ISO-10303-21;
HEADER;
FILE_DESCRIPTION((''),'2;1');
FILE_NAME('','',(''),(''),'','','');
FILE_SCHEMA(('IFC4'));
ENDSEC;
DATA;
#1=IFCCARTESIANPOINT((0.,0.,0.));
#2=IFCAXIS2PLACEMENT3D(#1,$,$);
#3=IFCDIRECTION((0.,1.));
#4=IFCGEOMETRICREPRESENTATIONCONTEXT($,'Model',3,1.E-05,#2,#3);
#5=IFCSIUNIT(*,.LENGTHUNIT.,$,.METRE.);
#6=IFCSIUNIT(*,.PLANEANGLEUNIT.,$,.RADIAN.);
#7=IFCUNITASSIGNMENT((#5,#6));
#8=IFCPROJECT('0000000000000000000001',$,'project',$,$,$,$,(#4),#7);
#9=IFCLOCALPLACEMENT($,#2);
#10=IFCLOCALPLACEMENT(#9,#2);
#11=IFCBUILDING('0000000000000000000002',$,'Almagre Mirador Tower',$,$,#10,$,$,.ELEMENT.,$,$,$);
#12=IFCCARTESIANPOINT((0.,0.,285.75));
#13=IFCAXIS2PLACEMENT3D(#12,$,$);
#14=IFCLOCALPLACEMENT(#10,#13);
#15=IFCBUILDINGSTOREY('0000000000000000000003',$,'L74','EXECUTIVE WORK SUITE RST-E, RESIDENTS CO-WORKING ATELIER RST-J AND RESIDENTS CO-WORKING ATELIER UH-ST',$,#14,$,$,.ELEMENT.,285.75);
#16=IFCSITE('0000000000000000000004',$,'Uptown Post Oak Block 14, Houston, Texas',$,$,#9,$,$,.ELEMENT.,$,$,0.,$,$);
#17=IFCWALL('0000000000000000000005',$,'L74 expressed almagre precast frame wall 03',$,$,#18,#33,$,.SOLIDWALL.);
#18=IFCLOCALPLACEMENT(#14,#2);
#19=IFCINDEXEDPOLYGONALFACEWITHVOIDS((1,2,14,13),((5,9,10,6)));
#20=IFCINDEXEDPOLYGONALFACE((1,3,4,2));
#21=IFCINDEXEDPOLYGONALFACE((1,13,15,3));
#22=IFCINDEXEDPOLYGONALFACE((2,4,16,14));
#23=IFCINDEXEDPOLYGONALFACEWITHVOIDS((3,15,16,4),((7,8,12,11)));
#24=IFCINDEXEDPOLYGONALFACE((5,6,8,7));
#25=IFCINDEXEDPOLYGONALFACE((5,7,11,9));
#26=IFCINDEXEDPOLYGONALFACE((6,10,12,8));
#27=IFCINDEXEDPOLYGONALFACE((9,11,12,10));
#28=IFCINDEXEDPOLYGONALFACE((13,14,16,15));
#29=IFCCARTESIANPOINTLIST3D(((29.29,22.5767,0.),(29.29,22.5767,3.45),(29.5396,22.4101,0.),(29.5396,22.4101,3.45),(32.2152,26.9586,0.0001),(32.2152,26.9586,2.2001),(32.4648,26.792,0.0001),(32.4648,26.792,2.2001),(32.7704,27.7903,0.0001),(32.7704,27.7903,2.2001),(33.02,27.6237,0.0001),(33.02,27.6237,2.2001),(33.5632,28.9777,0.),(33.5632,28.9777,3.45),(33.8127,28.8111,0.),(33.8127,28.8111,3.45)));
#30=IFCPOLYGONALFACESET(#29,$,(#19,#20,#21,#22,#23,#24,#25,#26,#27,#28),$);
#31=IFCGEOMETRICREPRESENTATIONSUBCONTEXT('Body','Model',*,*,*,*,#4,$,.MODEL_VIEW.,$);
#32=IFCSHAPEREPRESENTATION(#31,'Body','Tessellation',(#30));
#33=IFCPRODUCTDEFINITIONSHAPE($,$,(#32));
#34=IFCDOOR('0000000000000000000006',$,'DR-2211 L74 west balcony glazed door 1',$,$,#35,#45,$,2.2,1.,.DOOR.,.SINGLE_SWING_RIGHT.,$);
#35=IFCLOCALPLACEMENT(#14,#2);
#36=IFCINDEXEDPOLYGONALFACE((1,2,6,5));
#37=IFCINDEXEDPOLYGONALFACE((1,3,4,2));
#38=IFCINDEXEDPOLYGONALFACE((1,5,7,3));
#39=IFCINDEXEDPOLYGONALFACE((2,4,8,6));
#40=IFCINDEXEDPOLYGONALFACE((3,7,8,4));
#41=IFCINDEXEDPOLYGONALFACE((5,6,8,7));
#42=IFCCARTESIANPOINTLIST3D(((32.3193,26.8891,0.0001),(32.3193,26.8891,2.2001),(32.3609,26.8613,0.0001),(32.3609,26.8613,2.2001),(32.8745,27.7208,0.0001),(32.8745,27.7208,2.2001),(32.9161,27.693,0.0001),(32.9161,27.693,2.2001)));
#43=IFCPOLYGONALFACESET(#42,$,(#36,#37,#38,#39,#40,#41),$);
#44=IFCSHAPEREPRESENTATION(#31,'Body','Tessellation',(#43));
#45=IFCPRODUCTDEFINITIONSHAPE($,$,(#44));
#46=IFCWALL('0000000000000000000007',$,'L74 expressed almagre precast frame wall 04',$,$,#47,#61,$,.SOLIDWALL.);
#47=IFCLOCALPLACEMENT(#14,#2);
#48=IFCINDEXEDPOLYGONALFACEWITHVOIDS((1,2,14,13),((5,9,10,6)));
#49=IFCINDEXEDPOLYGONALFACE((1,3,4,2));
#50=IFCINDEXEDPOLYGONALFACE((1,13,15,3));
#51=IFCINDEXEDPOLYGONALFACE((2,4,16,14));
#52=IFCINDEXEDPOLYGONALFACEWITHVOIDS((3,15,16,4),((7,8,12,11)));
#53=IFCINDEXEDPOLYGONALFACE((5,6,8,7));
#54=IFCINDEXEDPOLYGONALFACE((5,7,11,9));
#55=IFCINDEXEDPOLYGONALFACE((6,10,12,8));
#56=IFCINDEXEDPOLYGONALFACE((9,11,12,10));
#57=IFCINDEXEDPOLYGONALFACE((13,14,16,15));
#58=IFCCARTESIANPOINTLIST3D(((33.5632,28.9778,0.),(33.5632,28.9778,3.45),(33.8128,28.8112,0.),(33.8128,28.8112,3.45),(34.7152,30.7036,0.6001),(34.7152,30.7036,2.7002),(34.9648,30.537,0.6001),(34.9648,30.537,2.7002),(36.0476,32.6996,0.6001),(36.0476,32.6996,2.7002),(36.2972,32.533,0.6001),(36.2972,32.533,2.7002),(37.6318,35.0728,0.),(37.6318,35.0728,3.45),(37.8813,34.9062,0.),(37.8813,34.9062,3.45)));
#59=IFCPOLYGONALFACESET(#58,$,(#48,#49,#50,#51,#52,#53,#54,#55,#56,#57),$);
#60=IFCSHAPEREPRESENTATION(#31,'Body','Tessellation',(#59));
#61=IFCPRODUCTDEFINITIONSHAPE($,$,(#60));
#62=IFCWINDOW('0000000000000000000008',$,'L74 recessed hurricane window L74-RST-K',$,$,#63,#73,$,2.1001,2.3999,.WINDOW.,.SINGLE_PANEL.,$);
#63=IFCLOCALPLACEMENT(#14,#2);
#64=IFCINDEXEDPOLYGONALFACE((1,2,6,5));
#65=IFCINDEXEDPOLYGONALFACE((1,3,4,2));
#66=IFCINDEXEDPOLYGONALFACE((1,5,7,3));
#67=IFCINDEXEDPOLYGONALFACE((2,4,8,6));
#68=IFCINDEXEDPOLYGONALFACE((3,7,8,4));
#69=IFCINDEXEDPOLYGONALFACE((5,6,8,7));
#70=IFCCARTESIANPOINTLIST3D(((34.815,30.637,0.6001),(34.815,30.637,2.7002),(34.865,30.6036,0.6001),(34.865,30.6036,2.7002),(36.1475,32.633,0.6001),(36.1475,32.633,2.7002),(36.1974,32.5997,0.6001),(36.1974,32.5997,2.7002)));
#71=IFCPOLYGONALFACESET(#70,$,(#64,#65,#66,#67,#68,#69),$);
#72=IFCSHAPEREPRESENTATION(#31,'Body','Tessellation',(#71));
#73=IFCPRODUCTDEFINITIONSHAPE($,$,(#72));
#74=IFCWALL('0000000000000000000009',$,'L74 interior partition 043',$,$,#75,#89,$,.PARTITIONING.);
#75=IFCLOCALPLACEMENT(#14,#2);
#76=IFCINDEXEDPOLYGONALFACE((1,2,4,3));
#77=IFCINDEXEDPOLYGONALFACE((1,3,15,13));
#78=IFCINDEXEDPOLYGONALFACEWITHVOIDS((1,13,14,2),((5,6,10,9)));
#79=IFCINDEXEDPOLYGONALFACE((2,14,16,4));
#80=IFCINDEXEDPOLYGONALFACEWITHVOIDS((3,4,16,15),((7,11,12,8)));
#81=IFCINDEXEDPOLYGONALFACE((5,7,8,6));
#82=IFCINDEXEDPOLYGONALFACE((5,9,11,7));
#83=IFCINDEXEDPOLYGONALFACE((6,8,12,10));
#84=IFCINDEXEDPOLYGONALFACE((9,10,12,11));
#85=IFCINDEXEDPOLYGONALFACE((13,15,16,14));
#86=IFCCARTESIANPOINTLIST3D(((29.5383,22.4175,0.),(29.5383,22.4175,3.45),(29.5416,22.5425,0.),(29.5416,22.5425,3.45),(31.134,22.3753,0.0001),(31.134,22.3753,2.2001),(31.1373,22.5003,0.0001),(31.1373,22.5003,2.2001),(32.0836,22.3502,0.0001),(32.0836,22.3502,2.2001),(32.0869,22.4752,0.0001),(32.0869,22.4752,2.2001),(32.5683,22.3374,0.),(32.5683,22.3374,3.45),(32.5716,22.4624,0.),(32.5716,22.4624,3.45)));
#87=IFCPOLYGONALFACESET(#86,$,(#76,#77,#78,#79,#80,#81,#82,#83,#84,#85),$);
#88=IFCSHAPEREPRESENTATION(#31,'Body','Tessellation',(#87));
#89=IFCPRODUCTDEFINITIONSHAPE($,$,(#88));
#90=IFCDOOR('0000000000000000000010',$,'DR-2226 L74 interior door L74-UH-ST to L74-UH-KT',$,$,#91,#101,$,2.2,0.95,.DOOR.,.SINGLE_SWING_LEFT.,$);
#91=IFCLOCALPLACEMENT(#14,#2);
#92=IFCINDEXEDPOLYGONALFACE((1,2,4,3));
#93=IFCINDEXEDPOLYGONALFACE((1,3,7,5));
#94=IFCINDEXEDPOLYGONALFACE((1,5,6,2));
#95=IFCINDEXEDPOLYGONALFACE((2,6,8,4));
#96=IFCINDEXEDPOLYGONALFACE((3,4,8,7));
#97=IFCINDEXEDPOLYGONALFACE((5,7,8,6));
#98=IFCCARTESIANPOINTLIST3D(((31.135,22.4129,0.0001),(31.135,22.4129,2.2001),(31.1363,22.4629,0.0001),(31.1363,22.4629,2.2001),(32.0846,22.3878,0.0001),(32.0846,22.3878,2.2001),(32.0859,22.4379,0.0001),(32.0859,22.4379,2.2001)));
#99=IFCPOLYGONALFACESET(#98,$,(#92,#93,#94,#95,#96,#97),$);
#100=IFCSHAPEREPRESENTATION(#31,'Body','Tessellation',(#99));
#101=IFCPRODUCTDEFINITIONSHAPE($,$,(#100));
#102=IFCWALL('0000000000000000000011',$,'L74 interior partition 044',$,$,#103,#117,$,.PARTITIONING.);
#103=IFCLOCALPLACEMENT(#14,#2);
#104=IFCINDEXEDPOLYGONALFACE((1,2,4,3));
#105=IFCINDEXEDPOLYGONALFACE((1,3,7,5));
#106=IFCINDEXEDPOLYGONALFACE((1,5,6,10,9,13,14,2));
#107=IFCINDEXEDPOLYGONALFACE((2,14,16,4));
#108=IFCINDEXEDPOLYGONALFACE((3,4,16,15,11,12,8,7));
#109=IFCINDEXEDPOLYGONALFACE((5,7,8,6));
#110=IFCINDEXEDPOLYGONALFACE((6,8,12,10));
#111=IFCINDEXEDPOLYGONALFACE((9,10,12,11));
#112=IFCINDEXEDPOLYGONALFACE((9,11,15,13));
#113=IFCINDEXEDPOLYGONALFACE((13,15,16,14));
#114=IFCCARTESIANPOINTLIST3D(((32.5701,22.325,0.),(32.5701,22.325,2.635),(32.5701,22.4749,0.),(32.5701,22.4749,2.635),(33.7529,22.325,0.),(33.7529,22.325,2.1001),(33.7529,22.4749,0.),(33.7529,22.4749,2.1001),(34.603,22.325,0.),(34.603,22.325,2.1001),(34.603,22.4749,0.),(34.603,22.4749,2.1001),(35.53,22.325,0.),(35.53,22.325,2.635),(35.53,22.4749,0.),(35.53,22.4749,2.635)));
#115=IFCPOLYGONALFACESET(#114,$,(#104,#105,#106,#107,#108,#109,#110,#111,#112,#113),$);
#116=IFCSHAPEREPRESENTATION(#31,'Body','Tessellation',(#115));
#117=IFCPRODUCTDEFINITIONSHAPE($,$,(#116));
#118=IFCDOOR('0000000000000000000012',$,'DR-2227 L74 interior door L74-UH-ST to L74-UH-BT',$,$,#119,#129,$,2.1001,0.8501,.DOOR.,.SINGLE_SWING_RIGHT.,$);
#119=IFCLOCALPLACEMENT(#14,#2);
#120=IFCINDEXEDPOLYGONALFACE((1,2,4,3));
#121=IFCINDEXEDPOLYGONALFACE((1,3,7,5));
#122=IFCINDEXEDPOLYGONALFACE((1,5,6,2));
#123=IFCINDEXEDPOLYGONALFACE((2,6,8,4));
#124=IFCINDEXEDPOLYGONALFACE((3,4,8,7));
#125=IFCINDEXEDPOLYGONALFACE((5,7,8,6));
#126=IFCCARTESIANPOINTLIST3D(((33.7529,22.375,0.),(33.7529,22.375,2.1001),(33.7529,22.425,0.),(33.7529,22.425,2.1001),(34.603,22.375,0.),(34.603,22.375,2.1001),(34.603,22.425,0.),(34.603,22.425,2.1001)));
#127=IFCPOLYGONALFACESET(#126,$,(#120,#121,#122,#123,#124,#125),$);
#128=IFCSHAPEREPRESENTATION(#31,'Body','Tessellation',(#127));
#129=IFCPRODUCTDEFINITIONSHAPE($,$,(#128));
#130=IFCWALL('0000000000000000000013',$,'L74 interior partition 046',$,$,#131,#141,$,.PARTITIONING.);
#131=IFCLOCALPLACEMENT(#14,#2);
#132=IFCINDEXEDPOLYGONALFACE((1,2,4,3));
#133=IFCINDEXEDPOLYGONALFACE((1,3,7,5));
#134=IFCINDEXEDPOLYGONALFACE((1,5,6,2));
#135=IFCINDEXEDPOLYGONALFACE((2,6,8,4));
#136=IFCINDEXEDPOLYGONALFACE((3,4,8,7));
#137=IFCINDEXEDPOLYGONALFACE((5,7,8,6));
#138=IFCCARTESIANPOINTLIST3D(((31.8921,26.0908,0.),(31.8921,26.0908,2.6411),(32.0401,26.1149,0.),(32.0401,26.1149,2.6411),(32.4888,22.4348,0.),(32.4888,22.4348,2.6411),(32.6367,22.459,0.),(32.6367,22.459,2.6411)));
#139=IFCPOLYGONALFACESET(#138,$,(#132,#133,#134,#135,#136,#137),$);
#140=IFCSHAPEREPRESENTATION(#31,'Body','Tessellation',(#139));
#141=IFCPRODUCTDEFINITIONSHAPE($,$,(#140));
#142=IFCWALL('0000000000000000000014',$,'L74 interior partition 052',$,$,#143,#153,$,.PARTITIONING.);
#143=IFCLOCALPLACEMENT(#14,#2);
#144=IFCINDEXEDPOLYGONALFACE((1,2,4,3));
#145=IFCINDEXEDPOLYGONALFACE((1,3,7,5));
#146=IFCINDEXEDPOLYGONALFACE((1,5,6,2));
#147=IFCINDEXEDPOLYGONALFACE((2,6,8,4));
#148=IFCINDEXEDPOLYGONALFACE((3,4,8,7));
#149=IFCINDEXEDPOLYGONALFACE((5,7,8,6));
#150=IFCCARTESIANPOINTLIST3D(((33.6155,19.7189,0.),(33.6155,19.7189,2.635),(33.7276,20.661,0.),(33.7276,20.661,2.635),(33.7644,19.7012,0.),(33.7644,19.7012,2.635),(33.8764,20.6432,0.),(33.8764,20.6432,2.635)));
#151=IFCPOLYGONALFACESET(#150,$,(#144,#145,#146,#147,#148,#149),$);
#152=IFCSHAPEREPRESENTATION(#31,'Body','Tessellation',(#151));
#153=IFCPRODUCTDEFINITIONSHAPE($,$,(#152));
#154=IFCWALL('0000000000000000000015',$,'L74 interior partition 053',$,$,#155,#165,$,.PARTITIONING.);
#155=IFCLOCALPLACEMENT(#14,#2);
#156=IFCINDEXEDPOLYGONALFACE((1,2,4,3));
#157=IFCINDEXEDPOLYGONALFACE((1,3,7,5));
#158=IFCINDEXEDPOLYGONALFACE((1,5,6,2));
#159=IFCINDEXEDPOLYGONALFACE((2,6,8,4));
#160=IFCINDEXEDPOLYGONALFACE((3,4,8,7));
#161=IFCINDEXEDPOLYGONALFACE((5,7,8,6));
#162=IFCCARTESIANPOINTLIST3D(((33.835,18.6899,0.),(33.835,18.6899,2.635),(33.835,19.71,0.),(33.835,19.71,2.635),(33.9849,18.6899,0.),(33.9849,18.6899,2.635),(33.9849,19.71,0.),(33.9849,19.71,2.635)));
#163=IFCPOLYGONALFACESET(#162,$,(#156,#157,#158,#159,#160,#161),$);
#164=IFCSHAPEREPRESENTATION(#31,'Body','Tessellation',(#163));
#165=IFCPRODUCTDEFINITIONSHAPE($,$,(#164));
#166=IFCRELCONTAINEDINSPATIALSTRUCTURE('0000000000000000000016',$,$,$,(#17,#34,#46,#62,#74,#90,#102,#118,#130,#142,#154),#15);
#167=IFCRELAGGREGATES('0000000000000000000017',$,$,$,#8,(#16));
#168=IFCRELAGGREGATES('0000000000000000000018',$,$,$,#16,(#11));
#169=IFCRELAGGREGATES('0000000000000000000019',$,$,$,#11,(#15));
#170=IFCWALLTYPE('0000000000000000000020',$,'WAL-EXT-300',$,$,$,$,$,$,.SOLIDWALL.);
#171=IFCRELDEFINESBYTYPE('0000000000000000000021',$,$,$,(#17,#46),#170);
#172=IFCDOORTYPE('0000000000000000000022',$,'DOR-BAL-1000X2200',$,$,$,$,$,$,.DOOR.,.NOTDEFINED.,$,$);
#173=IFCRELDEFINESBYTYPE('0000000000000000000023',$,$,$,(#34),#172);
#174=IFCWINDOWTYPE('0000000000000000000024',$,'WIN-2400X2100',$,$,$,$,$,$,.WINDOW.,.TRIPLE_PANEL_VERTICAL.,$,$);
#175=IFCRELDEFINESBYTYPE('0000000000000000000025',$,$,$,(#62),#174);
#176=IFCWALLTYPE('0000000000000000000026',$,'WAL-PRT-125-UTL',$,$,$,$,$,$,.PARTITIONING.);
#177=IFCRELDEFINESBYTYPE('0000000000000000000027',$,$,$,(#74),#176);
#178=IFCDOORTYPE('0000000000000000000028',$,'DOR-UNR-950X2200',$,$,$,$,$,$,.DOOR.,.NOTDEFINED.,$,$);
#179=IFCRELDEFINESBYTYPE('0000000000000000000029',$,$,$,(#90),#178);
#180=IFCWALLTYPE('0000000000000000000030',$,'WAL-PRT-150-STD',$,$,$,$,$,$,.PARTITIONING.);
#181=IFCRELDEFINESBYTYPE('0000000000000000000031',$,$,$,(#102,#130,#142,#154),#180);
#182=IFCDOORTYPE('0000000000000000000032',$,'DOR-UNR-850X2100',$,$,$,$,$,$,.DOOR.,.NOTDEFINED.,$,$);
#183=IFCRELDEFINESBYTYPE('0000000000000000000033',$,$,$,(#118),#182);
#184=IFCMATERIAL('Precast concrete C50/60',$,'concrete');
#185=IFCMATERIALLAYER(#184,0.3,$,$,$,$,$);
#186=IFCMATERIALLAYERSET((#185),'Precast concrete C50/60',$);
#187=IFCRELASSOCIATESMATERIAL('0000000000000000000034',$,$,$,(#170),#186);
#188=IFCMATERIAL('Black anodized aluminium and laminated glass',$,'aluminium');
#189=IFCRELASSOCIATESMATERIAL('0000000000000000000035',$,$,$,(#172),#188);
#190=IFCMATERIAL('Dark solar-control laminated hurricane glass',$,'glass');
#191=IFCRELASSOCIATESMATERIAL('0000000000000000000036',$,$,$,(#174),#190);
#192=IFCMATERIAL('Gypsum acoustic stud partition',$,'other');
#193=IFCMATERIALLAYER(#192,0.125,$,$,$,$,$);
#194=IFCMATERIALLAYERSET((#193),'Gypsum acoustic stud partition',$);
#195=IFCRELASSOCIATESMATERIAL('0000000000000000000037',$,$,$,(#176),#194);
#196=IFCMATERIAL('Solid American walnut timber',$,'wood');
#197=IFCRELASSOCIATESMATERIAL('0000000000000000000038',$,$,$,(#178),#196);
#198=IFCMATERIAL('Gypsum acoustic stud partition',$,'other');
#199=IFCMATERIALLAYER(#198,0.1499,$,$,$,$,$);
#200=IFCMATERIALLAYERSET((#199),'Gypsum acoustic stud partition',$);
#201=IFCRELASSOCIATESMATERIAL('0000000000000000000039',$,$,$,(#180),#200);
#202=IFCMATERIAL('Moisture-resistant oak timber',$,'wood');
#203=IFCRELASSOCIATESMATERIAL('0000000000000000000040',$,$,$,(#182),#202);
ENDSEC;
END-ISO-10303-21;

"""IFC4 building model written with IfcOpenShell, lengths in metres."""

from ifc_helpers import new_model, si_unit, direction, frame, frame_2d, origin, place, context, subcontext, project, spatial, rectangle, extrude, material, layer, layer_set, type_object, element, fill, save


model = new_model("IFC4")

# Units and contexts
model_context = context("Model", 3, precision=1e-05, world=origin(), true_north=direction((0.0, 1.0)))
body_context = subcontext(model_context, "Body", "Model", "MODEL_VIEW")
ifc_project = project(units=[si_unit("LENGTHUNIT", "METRE"), si_unit("PLANEANGLEUNIT", "RADIAN")], contexts=[model_context])

# Site, building, storey
site_placement = place(None, origin())
site = spatial("IfcSite", under=ifc_project, at=site_placement, Name="Uptown Post Oak Block 14, Houston, Texas", CompositionType="ELEMENT", RefElevation=0.0)
building_placement = place(site_placement, origin())
building = spatial("IfcBuilding", under=site, at=building_placement, Name="Almagre Mirador Tower", CompositionType="ELEMENT")
storey_placement = place(building_placement, frame((0.0, 0.0, 285.75)))
storey = spatial("IfcBuildingStorey", under=building, at=storey_placement, Name="L74", Description="EXECUTIVE WORK SUITE RST-E, RESIDENTS CO-WORKING ATELIER RST-J AND RESIDENTS CO-WORKING ATELIER UH-ST", CompositionType="ELEMENT", Elevation=285.75)

# Wall, opening, door
ifc_material_1 = material(Name="Precast concrete C50/60", Category="concrete")
ifc_layer_1 = layer(ifc_material_1, 0.3)
ifc_layer_set_1 = layer_set([ifc_layer_1], Name="Precast concrete C50/60")
wall_type_1 = type_object("IfcWallType", Name="WAL-EXT-300", PredefinedType="SOLIDWALL", material=ifc_layer_set_1)
wall_1_placement = place(storey_placement, frame((29.4148, 22.4934, 0.0), z_axis=(0.0, 0.0, 1.0), x_axis=(0.55522, 0.831704, 0.0)))
wall_1 = element("IfcWall", 1, at=wall_1_placement, inside=storey, type_object=wall_type_1, Name="L74 expressed almagre precast frame wall 03", PredefinedType="SOLIDWALL", context=body_context, shape_type="SweptSolid", body=[
    extrude(rectangle(XDim=7.6963, YDim=0.3, at=frame_2d((3.8481, 0.0))), origin(), (0.0, 0.0, 1.0), 3.45),
])
opening_1_placement = place(wall_1_placement, frame((5.2686, 0.0, 0.0)))
opening_1 = element("IfcOpeningElement", 2, at=opening_1_placement, cuts=wall_1, PredefinedType="OPENING", context=body_context, shape_type="SweptSolid", body=[
    extrude(rectangle(XDim=1.0, YDim=2.2, at=frame_2d((0.5, 1.1001))), frame((0.0, 0.1599, 0.0), z_axis=(0.0, -1.0, 0.0), x_axis=(1.0, 0.0, 0.0)), (0.0, 0.0, 1.0), 0.32),
])
ifc_material_2 = material(Name="Black anodized aluminium and laminated glass", Category="aluminium")
door_type_1 = type_object("IfcDoorType", Name="DOR-BAL-1000X2200", OperationType="NOTDEFINED", PredefinedType="DOOR", material=ifc_material_2)
door_1_placement = place(opening_1_placement, origin())
door_1 = element("IfcDoor", 3, at=door_1_placement, inside=storey, type_object=door_type_1, Name="DR-2211 L74 west balcony glazed door 1", OperationType="SINGLE_SWING_RIGHT", OverallHeight=2.2, OverallWidth=1.0, PredefinedType="DOOR", context=body_context, shape_type="SweptSolid", body=[
    extrude(rectangle(XDim=1.0, YDim=2.2, at=frame_2d((0.5, 1.1001))), frame((0.0, 0.0249, 0.0), z_axis=(0.0, -1.0, 0.0), x_axis=(1.0, 0.0, 0.0)), (0.0, 0.0, 1.0), 0.05),
])
fill(opening_1, door_1)

# Wall, opening, window
wall_2_placement = place(storey_placement, frame((33.688, 28.8945, 0.0), z_axis=(0.0, 0.0, 1.0), x_axis=(0.5552, 0.831717, 0.0)))
wall_2 = element("IfcWall", 4, at=wall_2_placement, inside=storey, type_object=wall_type_1, Name="L74 expressed almagre precast frame wall 04", PredefinedType="SOLIDWALL", context=body_context, shape_type="SweptSolid", body=[
    extrude(rectangle(XDim=7.3281, YDim=0.3, at=frame_2d((3.6641, 0.0))), origin(), (0.0, 0.0, 1.0), 3.45),
])
opening_2_placement = place(wall_2_placement, frame((2.075, 0.0, 0.6001)))
opening_2 = element("IfcOpeningElement", 5, at=opening_2_placement, cuts=wall_2, PredefinedType="OPENING", context=body_context, shape_type="SweptSolid", body=[
    extrude(rectangle(XDim=2.3999, YDim=2.1001, at=frame_2d((1.2, 1.05))), frame((0.0, 0.1599, 0.0), z_axis=(0.0, -1.0, 0.0), x_axis=(1.0, 0.0, 0.0)), (0.0, 0.0, 1.0), 0.32),
])
ifc_material_3 = material(Name="Dark solar-control laminated hurricane glass", Category="glass")
window_type = type_object("IfcWindowType", Name="WIN-2400X2100", PartitioningType="TRIPLE_PANEL_VERTICAL", PredefinedType="WINDOW", material=ifc_material_3)
window_placement = place(opening_2_placement, origin())
window = element("IfcWindow", 6, at=window_placement, inside=storey, type_object=window_type, Name="L74 recessed hurricane window L74-RST-K", OverallHeight=2.1001, OverallWidth=2.3999, PartitioningType="SINGLE_PANEL", PredefinedType="WINDOW", context=body_context, shape_type="SweptSolid", body=[
    extrude(rectangle(XDim=2.3999, YDim=2.1001, at=frame_2d((1.2, 1.05))), frame((0.0, 0.03, 0.0), z_axis=(0.0, -1.0, 0.0), x_axis=(1.0, 0.0, 0.0)), (0.0, 0.0, 1.0), 0.0601),
])
fill(opening_2, window)

# Walls, openings, doors
ifc_material_4 = material(Name="Gypsum acoustic stud partition", Category="other")
ifc_layer_2 = layer(ifc_material_4, 0.125)
ifc_layer_set_2 = layer_set([ifc_layer_2], Name="Gypsum acoustic stud partition")
wall_type_2 = type_object("IfcWallType", Name="WAL-PRT-125-UTL", PredefinedType="PARTITIONING", material=ifc_layer_set_2)
wall_3_placement = place(storey_placement, frame((32.5701, 22.3999, 0.0), z_axis=(0.0, 0.0, 1.0), x_axis=(-0.999651, 0.026419, 0.0)))
wall_3 = element("IfcWall", 7, at=wall_3_placement, inside=storey, type_object=wall_type_2, Name="L74 interior partition 043", PredefinedType="PARTITIONING", context=body_context, shape_type="SweptSolid", body=[
    extrude(rectangle(XDim=3.031, YDim=0.125, at=frame_2d((1.5156, 0.0))), origin(), (0.0, 0.0, 1.0), 3.45),
])
opening_3_placement = place(wall_3_placement, frame((0.4849, 0.0, 0.0)))
opening_3 = element("IfcOpeningElement", 8, at=opening_3_placement, cuts=wall_3, PredefinedType="OPENING", context=body_context, shape_type="SweptSolid", body=[
    extrude(rectangle(XDim=0.95, YDim=2.2, at=frame_2d((0.4751, 1.1001))), frame((0.0, 0.0725, 0.0), z_axis=(0.0, -1.0, 0.0), x_axis=(1.0, 0.0, 0.0)), (0.0, 0.0, 1.0), 0.145),
])
ifc_material_5 = material(Name="Solid American walnut timber", Category="wood")
door_type_2 = type_object("IfcDoorType", Name="DOR-UNR-950X2200", OperationType="NOTDEFINED", PredefinedType="DOOR", material=ifc_material_5)
door_2_placement = place(opening_3_placement, origin())
door_2 = element("IfcDoor", 9, at=door_2_placement, inside=storey, type_object=door_type_2, Name="DR-2226 L74 interior door L74-UH-ST to L74-UH-KT", OperationType="SINGLE_SWING_LEFT", OverallHeight=2.2, OverallWidth=0.95, PredefinedType="DOOR", context=body_context, shape_type="SweptSolid", body=[
    extrude(rectangle(XDim=0.95, YDim=2.2, at=frame_2d((0.4751, 1.1001))), frame((0.0, 0.0249, 0.0), z_axis=(0.0, -1.0, 0.0), x_axis=(1.0, 0.0, 0.0)), (0.0, 0.0, 1.0), 0.05),
])
fill(opening_3, door_2)
ifc_material_6 = material(Name="Gypsum acoustic stud partition", Category="other")
ifc_layer_3 = layer(ifc_material_6, 0.1499)
ifc_layer_set_3 = layer_set([ifc_layer_3], Name="Gypsum acoustic stud partition")
wall_type_3 = type_object("IfcWallType", Name="WAL-PRT-150-STD", PredefinedType="PARTITIONING", material=ifc_layer_set_3)
wall_4_placement = place(storey_placement, frame((35.53, 22.3999, 0.0), z_axis=(0.0, 0.0, 1.0), x_axis=(-1.0, 0.0, 0.0)))
wall_4 = element("IfcWall", 10, at=wall_4_placement, inside=storey, type_object=wall_type_3, Name="L74 interior partition 044", PredefinedType="PARTITIONING", context=body_context, shape_type="SweptSolid", body=[
    extrude(rectangle(XDim=2.96, YDim=0.1499, at=frame_2d((1.48, 0.0))), origin(), (0.0, 0.0, 1.0), 2.635),
])
opening_4_placement = place(wall_4_placement, frame((0.927, 0.0, 0.0)))
opening_4 = element("IfcOpeningElement", 11, at=opening_4_placement, cuts=wall_4, PredefinedType="OPENING", context=body_context, shape_type="SweptSolid", body=[
    extrude(rectangle(XDim=0.8501, YDim=2.1001, at=frame_2d((0.425, 1.05))), frame((0.0, 0.085, 0.0), z_axis=(0.0, -1.0, 0.0), x_axis=(1.0, 0.0, 0.0)), (0.0, 0.0, 1.0), 0.1699),
])
ifc_material_7 = material(Name="Moisture-resistant oak timber", Category="wood")
door_type_3 = type_object("IfcDoorType", Name="DOR-UNR-850X2100", OperationType="NOTDEFINED", PredefinedType="DOOR", material=ifc_material_7)
door_3_placement = place(opening_4_placement, origin())
door_3 = element("IfcDoor", 12, at=door_3_placement, inside=storey, type_object=door_type_3, Name="DR-2227 L74 interior door L74-UH-ST to L74-UH-BT", OperationType="SINGLE_SWING_RIGHT", OverallHeight=2.1001, OverallWidth=0.8501, PredefinedType="DOOR", context=body_context, shape_type="SweptSolid", body=[
    extrude(rectangle(XDim=0.8501, YDim=2.1001, at=frame_2d((0.425, 1.05))), frame((0.0, 0.0249, 0.0), z_axis=(0.0, -1.0, 0.0), x_axis=(1.0, 0.0, 0.0)), (0.0, 0.0, 1.0), 0.05),
])
fill(opening_4, door_3)

# Walls
wall_5_placement = place(storey_placement, frame((32.5627, 22.447, 0.0), z_axis=(0.0, 0.0, 1.0), x_axis=(-0.161074, 0.986942, 0.0)))
element("IfcWall", 13, at=wall_5_placement, inside=storey, type_object=wall_type_3, Name="L74 interior partition 046", PredefinedType="PARTITIONING", context=body_context, shape_type="SweptSolid", body=[
    extrude(rectangle(XDim=3.7043, YDim=0.1499, at=frame_2d((1.8521, 0.0))), origin(), (0.0, 0.0, 1.0), 2.6411),
])
wall_6_placement = place(storey_placement, frame((33.802, 20.6521, 0.0), z_axis=(0.0, 0.0, 1.0), x_axis=(-0.11811, -0.993, 0.0)))
element("IfcWall", 14, at=wall_6_placement, inside=storey, type_object=wall_type_3, Name="L74 interior partition 052", PredefinedType="PARTITIONING", context=body_context, shape_type="SweptSolid", body=[
    extrude(rectangle(XDim=0.9487, YDim=0.1499, at=frame_2d((0.4744, 0.0))), origin(), (0.0, 0.0, 1.0), 2.635),
])
wall_7_placement = place(storey_placement, frame((33.9099, 19.71, 0.0), z_axis=(0.0, 0.0, 1.0), x_axis=(0.0, -1.0, 0.0)))
element("IfcWall", 15, at=wall_7_placement, inside=storey, type_object=wall_type_3, Name="L74 interior partition 053", PredefinedType="PARTITIONING", context=body_context, shape_type="SweptSolid", body=[
    extrude(rectangle(XDim=1.02, YDim=0.1499, at=frame_2d((0.51, 0.0))), origin(), (0.0, 0.0, 1.0), 2.635),
])

save(model, "model.ifc")
